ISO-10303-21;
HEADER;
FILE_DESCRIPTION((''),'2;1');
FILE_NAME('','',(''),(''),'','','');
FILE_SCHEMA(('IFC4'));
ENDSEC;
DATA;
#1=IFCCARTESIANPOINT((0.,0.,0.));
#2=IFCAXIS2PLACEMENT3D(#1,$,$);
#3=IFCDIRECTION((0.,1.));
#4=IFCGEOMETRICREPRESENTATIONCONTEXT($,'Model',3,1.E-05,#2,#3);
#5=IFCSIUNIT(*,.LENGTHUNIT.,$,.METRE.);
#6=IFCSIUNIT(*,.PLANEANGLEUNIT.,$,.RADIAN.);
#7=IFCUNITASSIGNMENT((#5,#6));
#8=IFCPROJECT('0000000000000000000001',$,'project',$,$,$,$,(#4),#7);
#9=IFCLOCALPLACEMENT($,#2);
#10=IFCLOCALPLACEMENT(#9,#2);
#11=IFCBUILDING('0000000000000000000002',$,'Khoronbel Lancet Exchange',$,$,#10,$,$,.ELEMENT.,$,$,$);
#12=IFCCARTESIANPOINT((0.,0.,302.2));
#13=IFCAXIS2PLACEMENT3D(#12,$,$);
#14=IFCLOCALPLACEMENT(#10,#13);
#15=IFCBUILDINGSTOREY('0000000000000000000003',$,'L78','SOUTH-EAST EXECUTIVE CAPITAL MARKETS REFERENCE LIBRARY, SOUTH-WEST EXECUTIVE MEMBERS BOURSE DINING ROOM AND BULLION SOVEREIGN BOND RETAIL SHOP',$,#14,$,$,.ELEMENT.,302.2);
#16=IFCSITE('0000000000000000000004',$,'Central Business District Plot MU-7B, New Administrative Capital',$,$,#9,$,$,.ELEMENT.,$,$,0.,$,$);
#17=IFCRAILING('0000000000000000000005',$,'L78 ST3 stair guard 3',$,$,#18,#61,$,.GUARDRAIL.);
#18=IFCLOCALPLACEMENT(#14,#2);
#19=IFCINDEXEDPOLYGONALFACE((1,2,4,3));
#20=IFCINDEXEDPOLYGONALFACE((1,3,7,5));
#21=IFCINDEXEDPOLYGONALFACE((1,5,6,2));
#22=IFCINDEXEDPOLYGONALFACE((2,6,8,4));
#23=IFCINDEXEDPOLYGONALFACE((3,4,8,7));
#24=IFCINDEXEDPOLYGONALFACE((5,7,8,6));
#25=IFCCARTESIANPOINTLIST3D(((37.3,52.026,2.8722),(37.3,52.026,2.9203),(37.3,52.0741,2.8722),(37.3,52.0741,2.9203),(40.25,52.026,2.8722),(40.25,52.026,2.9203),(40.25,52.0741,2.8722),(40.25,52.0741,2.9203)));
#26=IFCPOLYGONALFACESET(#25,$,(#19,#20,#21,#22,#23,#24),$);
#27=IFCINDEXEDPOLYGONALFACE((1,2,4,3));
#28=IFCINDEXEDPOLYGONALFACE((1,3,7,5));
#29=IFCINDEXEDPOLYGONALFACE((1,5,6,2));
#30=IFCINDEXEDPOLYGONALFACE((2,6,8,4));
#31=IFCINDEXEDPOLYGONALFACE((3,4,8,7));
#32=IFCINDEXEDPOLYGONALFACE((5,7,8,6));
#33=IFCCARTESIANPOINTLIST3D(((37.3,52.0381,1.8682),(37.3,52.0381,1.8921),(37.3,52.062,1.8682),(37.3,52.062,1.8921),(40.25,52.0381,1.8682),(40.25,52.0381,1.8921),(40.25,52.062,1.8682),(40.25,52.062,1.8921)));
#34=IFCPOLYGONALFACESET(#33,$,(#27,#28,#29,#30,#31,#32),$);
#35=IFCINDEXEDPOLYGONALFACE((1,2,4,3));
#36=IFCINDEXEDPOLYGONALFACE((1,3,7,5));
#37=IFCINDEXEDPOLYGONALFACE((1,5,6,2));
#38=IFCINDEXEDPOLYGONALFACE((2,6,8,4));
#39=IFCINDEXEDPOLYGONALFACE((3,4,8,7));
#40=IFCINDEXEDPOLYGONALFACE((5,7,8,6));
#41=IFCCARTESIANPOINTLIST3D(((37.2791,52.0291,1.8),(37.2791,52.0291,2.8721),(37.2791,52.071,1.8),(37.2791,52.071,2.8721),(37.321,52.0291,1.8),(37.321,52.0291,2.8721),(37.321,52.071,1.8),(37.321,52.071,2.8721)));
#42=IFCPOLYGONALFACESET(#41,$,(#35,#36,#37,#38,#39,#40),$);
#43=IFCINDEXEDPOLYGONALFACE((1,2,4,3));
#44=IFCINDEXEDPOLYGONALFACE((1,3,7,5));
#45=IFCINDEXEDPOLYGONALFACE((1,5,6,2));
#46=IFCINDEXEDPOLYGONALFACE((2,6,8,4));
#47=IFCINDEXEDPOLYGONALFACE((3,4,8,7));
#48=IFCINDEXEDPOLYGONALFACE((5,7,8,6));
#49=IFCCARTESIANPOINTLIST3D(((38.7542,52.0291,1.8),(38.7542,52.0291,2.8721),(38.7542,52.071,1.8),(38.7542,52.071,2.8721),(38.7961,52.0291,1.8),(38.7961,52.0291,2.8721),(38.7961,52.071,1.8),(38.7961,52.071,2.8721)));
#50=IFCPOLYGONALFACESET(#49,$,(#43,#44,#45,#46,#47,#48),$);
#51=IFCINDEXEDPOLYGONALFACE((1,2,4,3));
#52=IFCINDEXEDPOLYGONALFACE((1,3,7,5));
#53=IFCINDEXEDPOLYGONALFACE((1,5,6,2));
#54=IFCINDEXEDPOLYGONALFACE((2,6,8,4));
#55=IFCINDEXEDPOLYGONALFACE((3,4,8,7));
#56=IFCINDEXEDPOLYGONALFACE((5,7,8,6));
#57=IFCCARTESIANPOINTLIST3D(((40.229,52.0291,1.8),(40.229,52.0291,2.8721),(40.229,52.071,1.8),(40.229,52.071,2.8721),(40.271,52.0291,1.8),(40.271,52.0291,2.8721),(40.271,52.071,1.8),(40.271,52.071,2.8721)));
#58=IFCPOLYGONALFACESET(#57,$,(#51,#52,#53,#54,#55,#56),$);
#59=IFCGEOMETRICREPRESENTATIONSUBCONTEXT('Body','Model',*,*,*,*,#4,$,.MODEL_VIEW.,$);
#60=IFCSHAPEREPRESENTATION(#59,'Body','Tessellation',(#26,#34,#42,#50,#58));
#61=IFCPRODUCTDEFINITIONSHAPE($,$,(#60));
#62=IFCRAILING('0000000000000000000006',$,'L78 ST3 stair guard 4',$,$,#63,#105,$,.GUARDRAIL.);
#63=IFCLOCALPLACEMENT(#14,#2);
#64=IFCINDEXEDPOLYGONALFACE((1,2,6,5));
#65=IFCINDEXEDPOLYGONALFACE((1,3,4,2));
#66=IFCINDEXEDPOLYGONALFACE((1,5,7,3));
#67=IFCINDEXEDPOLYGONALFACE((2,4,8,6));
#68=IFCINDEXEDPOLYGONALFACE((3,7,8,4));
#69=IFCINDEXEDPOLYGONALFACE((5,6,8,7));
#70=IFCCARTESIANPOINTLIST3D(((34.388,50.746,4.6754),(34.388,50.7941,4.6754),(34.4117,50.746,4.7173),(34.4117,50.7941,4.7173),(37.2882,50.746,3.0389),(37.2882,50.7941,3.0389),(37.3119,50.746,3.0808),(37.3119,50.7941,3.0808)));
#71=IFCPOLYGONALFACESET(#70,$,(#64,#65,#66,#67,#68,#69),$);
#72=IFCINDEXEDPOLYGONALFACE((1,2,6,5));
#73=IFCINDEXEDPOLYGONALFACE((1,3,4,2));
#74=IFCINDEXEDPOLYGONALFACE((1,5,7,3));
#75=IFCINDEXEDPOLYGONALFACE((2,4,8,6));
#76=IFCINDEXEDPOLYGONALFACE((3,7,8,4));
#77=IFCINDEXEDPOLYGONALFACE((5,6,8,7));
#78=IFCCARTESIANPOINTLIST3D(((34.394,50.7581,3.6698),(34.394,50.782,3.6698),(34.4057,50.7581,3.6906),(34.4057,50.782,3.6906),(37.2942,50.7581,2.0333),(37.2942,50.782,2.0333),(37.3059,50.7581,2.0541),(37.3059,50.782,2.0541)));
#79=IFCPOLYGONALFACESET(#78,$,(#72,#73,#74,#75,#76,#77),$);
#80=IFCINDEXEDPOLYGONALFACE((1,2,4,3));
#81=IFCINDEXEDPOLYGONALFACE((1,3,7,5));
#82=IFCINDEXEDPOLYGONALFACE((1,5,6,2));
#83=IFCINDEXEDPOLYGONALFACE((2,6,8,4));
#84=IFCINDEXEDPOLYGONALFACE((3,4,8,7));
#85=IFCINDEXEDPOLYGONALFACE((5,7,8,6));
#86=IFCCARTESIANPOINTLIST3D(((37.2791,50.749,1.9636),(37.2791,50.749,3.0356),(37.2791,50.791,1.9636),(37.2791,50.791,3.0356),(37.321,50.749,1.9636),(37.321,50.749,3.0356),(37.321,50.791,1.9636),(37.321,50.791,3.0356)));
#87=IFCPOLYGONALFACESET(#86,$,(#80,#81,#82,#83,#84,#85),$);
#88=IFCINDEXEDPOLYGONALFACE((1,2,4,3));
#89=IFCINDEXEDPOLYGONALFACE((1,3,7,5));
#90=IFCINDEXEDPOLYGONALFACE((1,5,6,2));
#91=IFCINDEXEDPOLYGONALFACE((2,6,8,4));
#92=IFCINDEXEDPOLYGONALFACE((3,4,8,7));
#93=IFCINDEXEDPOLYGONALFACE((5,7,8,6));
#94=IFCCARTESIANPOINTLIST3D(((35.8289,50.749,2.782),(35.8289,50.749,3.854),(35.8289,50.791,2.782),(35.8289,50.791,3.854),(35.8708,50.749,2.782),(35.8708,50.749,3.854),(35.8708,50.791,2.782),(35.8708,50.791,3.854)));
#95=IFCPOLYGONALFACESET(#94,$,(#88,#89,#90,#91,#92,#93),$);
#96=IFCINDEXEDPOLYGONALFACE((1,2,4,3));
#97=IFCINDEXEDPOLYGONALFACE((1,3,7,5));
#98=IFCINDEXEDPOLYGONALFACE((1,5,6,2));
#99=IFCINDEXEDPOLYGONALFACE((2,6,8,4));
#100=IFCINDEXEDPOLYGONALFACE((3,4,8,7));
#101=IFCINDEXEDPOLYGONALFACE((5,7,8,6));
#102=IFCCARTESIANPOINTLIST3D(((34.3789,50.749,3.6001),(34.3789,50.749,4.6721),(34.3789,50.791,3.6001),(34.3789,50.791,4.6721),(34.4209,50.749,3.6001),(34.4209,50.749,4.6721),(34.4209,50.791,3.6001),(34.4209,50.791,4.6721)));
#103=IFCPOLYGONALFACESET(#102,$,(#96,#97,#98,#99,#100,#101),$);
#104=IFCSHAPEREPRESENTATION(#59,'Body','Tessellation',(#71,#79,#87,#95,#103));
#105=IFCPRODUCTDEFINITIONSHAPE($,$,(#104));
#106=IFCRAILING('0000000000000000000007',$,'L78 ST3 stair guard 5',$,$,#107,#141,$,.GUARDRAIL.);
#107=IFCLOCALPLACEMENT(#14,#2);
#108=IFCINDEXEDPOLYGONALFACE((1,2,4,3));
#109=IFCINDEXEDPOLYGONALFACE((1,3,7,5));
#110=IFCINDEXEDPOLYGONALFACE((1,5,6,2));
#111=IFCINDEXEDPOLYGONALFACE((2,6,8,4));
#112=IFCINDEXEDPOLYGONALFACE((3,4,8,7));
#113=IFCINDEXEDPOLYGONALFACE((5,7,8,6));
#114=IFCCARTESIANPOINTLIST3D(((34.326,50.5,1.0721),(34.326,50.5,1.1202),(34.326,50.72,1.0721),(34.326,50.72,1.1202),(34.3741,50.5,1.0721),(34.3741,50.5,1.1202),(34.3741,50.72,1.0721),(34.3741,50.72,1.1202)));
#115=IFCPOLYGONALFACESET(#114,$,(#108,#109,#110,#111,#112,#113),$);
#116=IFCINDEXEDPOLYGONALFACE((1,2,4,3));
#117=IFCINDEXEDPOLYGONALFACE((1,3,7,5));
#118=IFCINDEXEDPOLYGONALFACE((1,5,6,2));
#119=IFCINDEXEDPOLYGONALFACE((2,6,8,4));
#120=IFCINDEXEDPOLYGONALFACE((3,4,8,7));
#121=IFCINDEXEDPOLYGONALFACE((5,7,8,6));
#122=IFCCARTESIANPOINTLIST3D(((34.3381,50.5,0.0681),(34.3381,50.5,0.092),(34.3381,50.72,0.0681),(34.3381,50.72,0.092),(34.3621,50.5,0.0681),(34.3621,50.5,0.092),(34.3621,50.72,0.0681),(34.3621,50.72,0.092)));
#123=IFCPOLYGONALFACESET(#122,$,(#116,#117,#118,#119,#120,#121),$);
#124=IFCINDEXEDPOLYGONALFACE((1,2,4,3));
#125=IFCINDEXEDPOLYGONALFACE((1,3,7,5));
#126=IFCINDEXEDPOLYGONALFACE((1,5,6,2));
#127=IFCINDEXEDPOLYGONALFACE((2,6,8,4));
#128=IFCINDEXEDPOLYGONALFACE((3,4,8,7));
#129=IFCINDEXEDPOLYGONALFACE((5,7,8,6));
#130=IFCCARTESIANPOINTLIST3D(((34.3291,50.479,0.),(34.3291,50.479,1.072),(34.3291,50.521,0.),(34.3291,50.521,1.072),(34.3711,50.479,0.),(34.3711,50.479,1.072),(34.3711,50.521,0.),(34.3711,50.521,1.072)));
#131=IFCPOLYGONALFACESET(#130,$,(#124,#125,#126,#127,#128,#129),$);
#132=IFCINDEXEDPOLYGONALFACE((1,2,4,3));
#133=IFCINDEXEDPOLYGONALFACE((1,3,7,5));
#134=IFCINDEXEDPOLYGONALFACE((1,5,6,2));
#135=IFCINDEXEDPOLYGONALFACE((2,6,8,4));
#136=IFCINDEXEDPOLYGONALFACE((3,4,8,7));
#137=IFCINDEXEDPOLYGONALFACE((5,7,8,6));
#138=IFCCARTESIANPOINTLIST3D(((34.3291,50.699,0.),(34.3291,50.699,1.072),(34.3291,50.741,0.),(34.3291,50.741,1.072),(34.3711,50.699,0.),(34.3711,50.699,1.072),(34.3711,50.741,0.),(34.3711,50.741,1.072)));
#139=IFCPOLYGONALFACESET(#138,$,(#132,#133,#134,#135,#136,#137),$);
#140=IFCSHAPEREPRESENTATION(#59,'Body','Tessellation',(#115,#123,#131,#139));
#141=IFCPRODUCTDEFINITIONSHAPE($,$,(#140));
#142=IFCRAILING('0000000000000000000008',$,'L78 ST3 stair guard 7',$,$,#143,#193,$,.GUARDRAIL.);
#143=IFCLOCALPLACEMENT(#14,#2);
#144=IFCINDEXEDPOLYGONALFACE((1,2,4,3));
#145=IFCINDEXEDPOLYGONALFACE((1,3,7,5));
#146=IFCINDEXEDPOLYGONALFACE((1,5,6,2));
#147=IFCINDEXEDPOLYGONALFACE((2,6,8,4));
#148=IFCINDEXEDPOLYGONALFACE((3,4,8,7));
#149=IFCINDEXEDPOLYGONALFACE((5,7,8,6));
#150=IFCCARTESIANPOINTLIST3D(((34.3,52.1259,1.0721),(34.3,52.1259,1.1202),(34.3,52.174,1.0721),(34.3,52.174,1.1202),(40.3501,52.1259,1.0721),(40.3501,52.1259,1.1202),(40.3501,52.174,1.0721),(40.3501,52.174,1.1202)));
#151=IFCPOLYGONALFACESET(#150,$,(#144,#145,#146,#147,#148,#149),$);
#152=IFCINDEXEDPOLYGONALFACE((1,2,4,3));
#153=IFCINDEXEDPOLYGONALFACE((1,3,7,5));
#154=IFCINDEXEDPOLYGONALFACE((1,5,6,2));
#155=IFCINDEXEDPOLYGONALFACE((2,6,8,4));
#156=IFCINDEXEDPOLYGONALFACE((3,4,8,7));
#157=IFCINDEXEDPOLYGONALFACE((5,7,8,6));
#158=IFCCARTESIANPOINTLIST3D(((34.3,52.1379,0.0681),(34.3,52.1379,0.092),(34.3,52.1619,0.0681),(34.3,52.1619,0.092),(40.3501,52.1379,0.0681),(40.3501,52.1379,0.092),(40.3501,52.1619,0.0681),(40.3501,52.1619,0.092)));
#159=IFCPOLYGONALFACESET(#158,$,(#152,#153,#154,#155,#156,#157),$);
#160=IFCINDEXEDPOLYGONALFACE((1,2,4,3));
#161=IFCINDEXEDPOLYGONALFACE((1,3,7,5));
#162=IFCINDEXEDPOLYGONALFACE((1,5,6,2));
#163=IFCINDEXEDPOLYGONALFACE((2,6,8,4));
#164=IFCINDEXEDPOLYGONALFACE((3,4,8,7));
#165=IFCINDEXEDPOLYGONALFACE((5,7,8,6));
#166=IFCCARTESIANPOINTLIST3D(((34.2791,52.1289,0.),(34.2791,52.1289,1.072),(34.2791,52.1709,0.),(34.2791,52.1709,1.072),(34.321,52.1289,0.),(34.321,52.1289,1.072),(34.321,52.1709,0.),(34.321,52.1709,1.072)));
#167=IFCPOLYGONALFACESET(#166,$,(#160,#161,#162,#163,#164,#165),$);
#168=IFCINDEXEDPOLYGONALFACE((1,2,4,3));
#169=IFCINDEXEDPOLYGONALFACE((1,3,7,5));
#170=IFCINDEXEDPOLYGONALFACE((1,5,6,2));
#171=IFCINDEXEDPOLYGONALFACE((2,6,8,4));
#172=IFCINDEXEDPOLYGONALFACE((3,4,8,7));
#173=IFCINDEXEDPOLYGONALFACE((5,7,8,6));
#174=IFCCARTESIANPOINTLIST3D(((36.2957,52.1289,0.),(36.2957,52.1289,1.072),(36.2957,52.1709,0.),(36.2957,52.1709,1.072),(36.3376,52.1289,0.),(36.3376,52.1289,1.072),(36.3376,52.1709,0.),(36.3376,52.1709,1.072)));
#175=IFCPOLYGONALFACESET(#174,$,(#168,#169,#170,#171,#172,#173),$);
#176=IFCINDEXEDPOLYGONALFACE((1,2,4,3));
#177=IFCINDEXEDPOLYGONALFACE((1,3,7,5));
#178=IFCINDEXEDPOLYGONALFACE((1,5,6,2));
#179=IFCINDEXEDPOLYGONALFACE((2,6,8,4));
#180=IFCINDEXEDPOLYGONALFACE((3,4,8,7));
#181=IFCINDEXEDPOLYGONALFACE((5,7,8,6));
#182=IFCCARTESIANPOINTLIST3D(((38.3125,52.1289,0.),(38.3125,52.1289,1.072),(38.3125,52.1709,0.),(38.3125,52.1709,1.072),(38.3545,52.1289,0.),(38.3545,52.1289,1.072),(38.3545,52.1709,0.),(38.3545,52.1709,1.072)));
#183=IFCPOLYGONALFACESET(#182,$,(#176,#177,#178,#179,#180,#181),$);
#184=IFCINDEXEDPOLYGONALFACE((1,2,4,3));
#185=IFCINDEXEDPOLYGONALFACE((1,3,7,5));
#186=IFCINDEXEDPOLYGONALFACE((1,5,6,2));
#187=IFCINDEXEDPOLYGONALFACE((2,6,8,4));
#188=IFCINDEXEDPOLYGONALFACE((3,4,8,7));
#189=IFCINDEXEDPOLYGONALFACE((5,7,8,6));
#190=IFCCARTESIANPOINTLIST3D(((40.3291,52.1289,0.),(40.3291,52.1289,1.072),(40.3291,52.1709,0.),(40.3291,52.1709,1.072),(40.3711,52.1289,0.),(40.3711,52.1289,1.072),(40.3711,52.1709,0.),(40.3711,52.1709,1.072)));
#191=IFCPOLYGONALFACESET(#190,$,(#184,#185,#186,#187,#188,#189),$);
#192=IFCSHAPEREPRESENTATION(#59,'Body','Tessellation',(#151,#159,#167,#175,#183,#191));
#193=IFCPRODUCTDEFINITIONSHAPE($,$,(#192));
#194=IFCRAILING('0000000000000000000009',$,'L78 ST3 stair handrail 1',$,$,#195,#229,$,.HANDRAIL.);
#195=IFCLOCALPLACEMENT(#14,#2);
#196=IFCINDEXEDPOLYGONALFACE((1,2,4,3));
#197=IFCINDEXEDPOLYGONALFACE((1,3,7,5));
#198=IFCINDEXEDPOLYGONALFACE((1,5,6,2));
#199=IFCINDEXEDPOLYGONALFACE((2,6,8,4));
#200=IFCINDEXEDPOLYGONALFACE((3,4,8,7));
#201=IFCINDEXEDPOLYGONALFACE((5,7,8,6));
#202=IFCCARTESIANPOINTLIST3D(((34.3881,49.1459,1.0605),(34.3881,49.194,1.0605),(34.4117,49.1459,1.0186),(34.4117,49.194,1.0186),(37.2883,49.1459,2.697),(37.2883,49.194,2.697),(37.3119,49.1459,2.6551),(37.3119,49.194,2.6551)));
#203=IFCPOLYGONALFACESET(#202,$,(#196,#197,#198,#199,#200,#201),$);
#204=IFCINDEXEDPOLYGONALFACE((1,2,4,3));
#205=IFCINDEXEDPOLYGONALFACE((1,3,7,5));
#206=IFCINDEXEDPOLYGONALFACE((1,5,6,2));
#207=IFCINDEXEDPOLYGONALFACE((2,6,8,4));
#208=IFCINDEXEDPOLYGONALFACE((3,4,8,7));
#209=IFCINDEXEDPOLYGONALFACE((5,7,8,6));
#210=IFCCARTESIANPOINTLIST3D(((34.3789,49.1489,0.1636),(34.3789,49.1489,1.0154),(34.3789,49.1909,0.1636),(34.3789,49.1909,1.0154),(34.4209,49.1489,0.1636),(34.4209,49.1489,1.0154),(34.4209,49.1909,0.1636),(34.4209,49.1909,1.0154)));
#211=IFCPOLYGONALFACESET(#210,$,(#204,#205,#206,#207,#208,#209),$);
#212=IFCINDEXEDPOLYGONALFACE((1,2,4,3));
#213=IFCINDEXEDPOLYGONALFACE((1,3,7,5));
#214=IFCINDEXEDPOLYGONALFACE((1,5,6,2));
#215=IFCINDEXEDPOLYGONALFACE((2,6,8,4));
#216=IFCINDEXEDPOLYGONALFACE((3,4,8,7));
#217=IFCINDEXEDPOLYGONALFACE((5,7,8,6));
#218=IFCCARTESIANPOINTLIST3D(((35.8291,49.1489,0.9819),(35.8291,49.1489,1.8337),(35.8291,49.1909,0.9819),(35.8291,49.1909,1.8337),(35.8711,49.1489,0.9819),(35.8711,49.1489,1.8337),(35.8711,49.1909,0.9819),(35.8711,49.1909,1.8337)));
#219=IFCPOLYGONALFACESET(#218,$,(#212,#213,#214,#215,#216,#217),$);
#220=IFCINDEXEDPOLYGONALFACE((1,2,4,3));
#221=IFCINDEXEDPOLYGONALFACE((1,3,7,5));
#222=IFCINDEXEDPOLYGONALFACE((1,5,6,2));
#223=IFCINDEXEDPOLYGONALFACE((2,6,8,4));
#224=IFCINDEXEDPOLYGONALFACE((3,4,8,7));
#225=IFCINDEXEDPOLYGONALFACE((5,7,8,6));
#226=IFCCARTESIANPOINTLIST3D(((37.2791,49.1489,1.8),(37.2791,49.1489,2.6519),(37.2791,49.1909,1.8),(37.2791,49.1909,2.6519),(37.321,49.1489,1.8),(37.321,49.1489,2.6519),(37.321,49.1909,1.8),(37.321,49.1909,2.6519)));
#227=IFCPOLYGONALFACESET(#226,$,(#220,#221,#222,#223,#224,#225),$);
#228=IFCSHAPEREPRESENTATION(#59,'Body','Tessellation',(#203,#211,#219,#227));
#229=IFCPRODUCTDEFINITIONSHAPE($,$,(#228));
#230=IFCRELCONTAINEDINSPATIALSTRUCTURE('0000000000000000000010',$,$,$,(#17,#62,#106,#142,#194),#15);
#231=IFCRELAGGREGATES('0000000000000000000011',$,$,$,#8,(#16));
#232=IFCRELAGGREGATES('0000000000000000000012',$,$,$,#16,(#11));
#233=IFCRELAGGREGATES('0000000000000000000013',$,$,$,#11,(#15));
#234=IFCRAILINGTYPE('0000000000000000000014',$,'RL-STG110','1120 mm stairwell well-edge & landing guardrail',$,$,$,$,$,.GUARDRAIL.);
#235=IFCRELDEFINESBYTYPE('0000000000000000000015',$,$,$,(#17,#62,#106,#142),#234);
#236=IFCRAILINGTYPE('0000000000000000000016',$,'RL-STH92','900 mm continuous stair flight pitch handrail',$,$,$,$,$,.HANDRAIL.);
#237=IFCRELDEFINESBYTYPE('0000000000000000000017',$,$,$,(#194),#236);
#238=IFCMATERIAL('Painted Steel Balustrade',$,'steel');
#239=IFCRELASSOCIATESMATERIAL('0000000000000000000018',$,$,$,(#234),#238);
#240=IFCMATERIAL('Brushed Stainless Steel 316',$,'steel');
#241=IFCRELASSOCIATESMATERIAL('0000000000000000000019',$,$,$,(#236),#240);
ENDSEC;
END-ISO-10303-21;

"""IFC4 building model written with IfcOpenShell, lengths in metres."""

from ifc_helpers import new_model, si_unit, direction, frame, origin, origin_2d, place, context, subcontext, project, spatial, rectangle, extrude, material, type_object, element, save


model = new_model("IFC4")

# Units and contexts
model_context = context("Model", 3, precision=1e-05, world=origin(), true_north=direction((0.0, 1.0)))
body_context = subcontext(model_context, "Body", "Model", "MODEL_VIEW")
ifc_project = project(units=[si_unit("LENGTHUNIT", "METRE"), si_unit("PLANEANGLEUNIT", "RADIAN")], contexts=[model_context])

# Site, building, storey
site_placement = place(None, origin())
site = spatial("IfcSite", under=ifc_project, at=site_placement, Name="Central Business District Plot MU-7B, New Administrative Capital", CompositionType="ELEMENT", RefElevation=0.0)
building_placement = place(site_placement, origin())
building = spatial("IfcBuilding", under=site, at=building_placement, Name="Khoronbel Lancet Exchange", CompositionType="ELEMENT")
storey_placement = place(building_placement, frame((0.0, 0.0, 302.2)))
storey = spatial("IfcBuildingStorey", under=building, at=storey_placement, Name="L78", Description="SOUTH-EAST EXECUTIVE CAPITAL MARKETS REFERENCE LIBRARY, SOUTH-WEST EXECUTIVE MEMBERS BOURSE DINING ROOM AND BULLION SOVEREIGN BOND RETAIL SHOP", CompositionType="ELEMENT", Elevation=302.2)

# Railings
ifc_material_1 = material(Name="Painted Steel Balustrade", Category="steel")
railing_type_1 = type_object("IfcRailingType", Name="RL-STG110", Description="1120 mm stairwell well-edge & landing guardrail", PredefinedType="GUARDRAIL", material=ifc_material_1)
railing_1_placement = place(storey_placement, frame((37.3, 52.05, 1.8)))
element("IfcRailing", 1, at=railing_1_placement, inside=storey, type_object=railing_type_1, Name="L78 ST3 stair guard 3", PredefinedType="GUARDRAIL", context=body_context, shape_type="SweptSolid", body=[
    extrude(rectangle(XDim=0.0481, YDim=0.0481, at=origin_2d()), frame((0.0, 0.0, 1.0962), z_axis=(1.0, 0.0, 0.0), x_axis=(0.0, 1.0, 0.0)), (0.0, 0.0, 1.0), 2.95),
    extrude(rectangle(XDim=0.0239, YDim=0.0239, at=origin_2d()), frame((0.0, 0.0, 0.0801), z_axis=(1.0, 0.0, 0.0), x_axis=(0.0, 1.0, 0.0)), (0.0, 0.0, 1.0), 2.95),
    extrude(rectangle(XDim=0.042, YDim=0.042, at=origin_2d()), origin(), (0.0, 0.0, 1.0), 1.072),
    extrude(rectangle(XDim=0.042, YDim=0.042, at=origin_2d()), frame((1.4751, 0.0, 0.0)), (0.0, 0.0, 1.0), 1.072),
    extrude(rectangle(XDim=0.042, YDim=0.042, at=origin_2d()), frame((2.95, 0.0, 0.0)), (0.0, 0.0, 1.0), 1.072),
])
railing_2_placement = place(storey_placement, frame((37.3, 50.77, 1.9636)))
element("IfcRailing", 2, at=railing_2_placement, inside=storey, type_object=railing_type_1, Name="L78 ST3 stair guard 4", PredefinedType="GUARDRAIL", context=body_context, shape_type="SweptSolid", body=[
    extrude(rectangle(XDim=0.0481, YDim=0.0481, at=origin_2d()), frame((0.0, 0.0, 1.0962), z_axis=(-0.870915, 0.0, 0.491434), x_axis=(0.0, -1.0, 0.0)), (0.0, 0.0, 1.0), 3.3301),
    extrude(rectangle(XDim=0.0239, YDim=0.0239, at=origin_2d()), frame((0.0, 0.0, 0.0801), z_axis=(-0.870915, 0.0, 0.491434), x_axis=(0.0, -1.0, 0.0)), (0.0, 0.0, 1.0), 3.3301),
    extrude(rectangle(XDim=0.042, YDim=0.042, at=origin_2d()), origin(), (0.0, 0.0, 1.0), 1.072),
    extrude(rectangle(XDim=0.042, YDim=0.042, at=origin_2d()), frame((-1.4502, 0.0, 0.8184)), (0.0, 0.0, 1.0), 1.072),
    extrude(rectangle(XDim=0.042, YDim=0.042, at=origin_2d()), frame((-2.9001, 0.0, 1.6365)), (0.0, 0.0, 1.0), 1.072),
])
railing_3_placement = place(storey_placement, frame((34.3501, 50.5, 0.0)))
element("IfcRailing", 3, at=railing_3_placement, inside=storey, type_object=railing_type_1, Name="L78 ST3 stair guard 5", PredefinedType="GUARDRAIL", context=body_context, shape_type="SweptSolid", body=[
    extrude(rectangle(XDim=0.0481, YDim=0.0481, at=origin_2d()), frame((0.0, 0.0, 1.0962), z_axis=(0.0, 1.0, 0.0), x_axis=(-1.0, 0.0, 0.0)), (0.0, 0.0, 1.0), 0.22),
    extrude(rectangle(XDim=0.0239, YDim=0.0239, at=origin_2d()), frame((0.0, 0.0, 0.0801), z_axis=(0.0, 1.0, 0.0), x_axis=(-1.0, 0.0, 0.0)), (0.0, 0.0, 1.0), 0.22),
    extrude(rectangle(XDim=0.042, YDim=0.042, at=origin_2d()), origin(), (0.0, 0.0, 1.0), 1.072),
    extrude(rectangle(XDim=0.042, YDim=0.042, at=origin_2d()), frame((0.0, 0.22, 0.0)), (0.0, 0.0, 1.0), 1.072),
])
railing_4_placement = place(storey_placement, frame((34.3, 52.1499, 0.0)))
element("IfcRailing", 4, at=railing_4_placement, inside=storey, type_object=railing_type_1, Name="L78 ST3 stair guard 7", PredefinedType="GUARDRAIL", context=body_context, shape_type="SweptSolid", body=[
    extrude(rectangle(XDim=0.0481, YDim=0.0481, at=origin_2d()), frame((0.0, 0.0, 1.0962), z_axis=(1.0, 0.0, 0.0), x_axis=(0.0, 1.0, 0.0)), (0.0, 0.0, 1.0), 6.05),
    extrude(rectangle(XDim=0.0239, YDim=0.0239, at=origin_2d()), frame((0.0, 0.0, 0.0801), z_axis=(1.0, 0.0, 0.0), x_axis=(0.0, 1.0, 0.0)), (0.0, 0.0, 1.0), 6.05),
    extrude(rectangle(XDim=0.042, YDim=0.042, at=origin_2d()), origin(), (0.0, 0.0, 1.0), 1.072),
    extrude(rectangle(XDim=0.042, YDim=0.042, at=origin_2d()), frame((2.0166, 0.0, 0.0)), (0.0, 0.0, 1.0), 1.072),
    extrude(rectangle(XDim=0.042, YDim=0.042, at=origin_2d()), frame((4.0334, 0.0, 0.0)), (0.0, 0.0, 1.0), 1.072),
    extrude(rectangle(XDim=0.042, YDim=0.042, at=origin_2d()), frame((6.05, 0.0, 0.0)), (0.0, 0.0, 1.0), 1.072),
])
ifc_material_2 = material(Name="Brushed Stainless Steel 316", Category="steel")
railing_type_2 = type_object("IfcRailingType", Name="RL-STH92", Description="900 mm continuous stair flight pitch handrail", PredefinedType="HANDRAIL", material=ifc_material_2)
railing_5_placement = place(storey_placement, frame((34.3999, 49.1699, 0.1636)))
element("IfcRailing", 5, at=railing_5_placement, inside=storey, type_object=railing_type_2, Name="L78 ST3 stair handrail 1", PredefinedType="HANDRAIL", context=body_context, shape_type="SweptSolid", body=[
    extrude(rectangle(XDim=0.0481, YDim=0.0481, at=origin_2d()), frame((0.0, 0.0, 0.876), z_axis=(0.870915, 0.0, 0.491434), x_axis=(0.0, 1.0, 0.0)), (0.0, 0.0, 1.0), 3.3301),
    extrude(rectangle(XDim=0.042, YDim=0.042, at=origin_2d()), origin(), (0.0, 0.0, 1.0), 0.8518),
    extrude(rectangle(XDim=0.042, YDim=0.042, at=origin_2d()), frame((1.4502, 0.0, 0.8184)), (0.0, 0.0, 1.0), 0.8518),
    extrude(rectangle(XDim=0.042, YDim=0.042, at=origin_2d()), frame((2.9001, 0.0, 1.6365)), (0.0, 0.0, 1.0), 0.8518),
])

save(model, "model.ifc")
